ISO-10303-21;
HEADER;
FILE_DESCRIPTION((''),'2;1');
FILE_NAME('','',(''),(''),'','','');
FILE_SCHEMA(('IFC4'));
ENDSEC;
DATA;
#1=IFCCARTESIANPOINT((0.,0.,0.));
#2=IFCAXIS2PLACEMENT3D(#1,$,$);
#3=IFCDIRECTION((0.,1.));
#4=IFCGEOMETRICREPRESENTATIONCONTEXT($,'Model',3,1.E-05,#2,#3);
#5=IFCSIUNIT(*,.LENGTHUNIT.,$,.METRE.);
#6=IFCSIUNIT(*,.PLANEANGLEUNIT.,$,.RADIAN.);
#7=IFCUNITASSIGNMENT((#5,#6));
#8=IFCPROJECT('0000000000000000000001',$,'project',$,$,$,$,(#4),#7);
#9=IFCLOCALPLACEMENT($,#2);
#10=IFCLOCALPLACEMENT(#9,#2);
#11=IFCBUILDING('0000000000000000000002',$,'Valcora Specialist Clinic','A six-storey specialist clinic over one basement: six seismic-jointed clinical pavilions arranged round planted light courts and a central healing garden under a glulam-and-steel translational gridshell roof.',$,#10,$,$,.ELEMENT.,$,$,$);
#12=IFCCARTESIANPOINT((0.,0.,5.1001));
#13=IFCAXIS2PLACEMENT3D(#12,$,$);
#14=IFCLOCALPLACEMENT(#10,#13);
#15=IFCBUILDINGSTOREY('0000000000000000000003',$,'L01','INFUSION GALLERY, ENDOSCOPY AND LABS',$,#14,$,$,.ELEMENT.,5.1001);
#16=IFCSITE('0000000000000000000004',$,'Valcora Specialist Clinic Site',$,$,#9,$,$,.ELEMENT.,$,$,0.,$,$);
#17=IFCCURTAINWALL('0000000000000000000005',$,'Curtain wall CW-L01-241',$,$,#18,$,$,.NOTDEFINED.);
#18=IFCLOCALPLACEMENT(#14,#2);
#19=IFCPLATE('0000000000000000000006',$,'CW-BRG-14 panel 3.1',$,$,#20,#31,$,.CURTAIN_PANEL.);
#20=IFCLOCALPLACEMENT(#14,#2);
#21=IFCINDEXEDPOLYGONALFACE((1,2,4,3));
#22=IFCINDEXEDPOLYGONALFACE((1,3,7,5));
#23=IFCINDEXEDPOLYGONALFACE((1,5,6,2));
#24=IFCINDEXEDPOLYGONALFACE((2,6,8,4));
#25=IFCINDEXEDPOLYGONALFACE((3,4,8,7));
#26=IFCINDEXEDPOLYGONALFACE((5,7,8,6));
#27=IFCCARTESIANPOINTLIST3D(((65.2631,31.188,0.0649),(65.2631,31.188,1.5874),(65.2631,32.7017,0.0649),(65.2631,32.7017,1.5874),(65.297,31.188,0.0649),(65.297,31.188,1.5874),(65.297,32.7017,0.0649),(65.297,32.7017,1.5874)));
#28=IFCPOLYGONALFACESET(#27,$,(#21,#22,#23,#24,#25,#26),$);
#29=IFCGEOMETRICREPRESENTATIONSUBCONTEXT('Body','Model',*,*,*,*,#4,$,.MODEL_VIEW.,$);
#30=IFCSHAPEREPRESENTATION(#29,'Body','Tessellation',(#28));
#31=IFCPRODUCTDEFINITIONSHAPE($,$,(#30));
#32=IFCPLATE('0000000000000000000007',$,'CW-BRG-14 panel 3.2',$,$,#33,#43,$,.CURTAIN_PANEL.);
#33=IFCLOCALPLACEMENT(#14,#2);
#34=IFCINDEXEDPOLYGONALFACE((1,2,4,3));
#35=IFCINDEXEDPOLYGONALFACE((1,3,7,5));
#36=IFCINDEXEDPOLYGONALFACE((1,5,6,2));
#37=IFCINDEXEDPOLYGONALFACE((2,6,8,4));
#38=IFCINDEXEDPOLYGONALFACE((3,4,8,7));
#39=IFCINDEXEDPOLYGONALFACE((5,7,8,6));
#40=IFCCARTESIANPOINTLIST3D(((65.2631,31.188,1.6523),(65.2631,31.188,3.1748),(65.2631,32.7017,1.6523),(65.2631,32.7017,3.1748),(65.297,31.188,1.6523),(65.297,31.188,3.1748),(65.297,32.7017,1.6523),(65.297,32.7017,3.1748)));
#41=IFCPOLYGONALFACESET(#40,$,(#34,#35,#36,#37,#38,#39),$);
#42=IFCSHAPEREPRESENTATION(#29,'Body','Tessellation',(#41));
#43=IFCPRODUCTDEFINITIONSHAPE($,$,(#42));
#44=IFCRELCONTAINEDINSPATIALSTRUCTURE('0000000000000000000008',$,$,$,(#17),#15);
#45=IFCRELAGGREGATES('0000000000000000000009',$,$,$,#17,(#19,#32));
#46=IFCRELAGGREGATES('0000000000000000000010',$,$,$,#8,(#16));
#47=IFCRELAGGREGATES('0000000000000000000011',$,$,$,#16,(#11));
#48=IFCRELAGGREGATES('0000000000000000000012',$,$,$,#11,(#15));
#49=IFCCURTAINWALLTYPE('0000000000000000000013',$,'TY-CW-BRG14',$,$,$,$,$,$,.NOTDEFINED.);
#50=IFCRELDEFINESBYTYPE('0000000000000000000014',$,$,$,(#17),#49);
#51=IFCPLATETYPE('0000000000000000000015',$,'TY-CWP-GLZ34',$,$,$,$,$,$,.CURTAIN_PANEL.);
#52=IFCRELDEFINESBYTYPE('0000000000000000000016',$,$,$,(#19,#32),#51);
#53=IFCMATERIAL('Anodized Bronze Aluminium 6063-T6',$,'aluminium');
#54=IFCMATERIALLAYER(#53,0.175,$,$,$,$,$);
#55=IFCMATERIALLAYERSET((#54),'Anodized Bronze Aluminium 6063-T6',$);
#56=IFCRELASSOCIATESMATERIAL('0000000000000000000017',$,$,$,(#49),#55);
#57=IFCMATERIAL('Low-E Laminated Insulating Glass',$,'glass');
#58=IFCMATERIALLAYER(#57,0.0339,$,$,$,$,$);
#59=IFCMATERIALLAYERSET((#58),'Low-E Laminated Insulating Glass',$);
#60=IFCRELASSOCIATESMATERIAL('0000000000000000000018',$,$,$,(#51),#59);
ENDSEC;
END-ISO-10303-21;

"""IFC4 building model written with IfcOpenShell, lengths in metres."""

from ifc_helpers import new_model, si_unit, direction, frame, origin, origin_2d, place, context, subcontext, project, spatial, rectangle, extrude, material, layer, layer_set, type_object, element, aggregate, save


model = new_model("IFC4")

# Units and contexts
model_context = context("Model", 3, precision=1e-05, world=origin(), true_north=direction((0.0, 1.0)))
body_context = subcontext(model_context, "Body", "Model", "MODEL_VIEW")
ifc_project = project(units=[si_unit("LENGTHUNIT", "METRE"), si_unit("PLANEANGLEUNIT", "RADIAN")], contexts=[model_context])

# Site, building, storey
site_placement = place(None, origin())
site = spatial("IfcSite", under=ifc_project, at=site_placement, Name="Valcora Specialist Clinic Site", CompositionType="ELEMENT", RefElevation=0.0)
building_placement = place(site_placement, origin())
building = spatial("IfcBuilding", under=site, at=building_placement, Name="Valcora Specialist Clinic", Description="A six-storey specialist clinic over one basement: six seismic-jointed clinical pavilions arranged round planted light courts and a central healing garden under a glulam-and-steel translational gridshell roof.", CompositionType="ELEMENT")
storey_placement = place(building_placement, frame((0.0, 0.0, 5.1001)))
storey = spatial("IfcBuildingStorey", under=building, at=storey_placement, Name="L01", Description="INFUSION GALLERY, ENDOSCOPY AND LABS", CompositionType="ELEMENT", Elevation=5.1001)

# Curtain wall
ifc_material_1 = material(Name="Anodized Bronze Aluminium 6063-T6", Category="aluminium")
ifc_layer_1 = layer(ifc_material_1, 0.175)
ifc_layer_set_1 = layer_set([ifc_layer_1], Name="Anodized Bronze Aluminium 6063-T6")
curtain_wall_type = type_object("IfcCurtainWallType", Name="TY-CW-BRG14", PredefinedType="NOTDEFINED", material=ifc_layer_set_1)
curtain_wall_1_placement = place(storey_placement, origin())
curtain_wall_1 = element("IfcCurtainWall", 1, at=curtain_wall_1_placement, inside=storey, type_object=curtain_wall_type, Name="Curtain wall CW-L01-241", PredefinedType="NOTDEFINED")

# Plates
ifc_material_2 = material(Name="Low-E Laminated Insulating Glass", Category="glass")
ifc_layer_2 = layer(ifc_material_2, 0.0339)
ifc_layer_set_2 = layer_set([ifc_layer_2], Name="Low-E Laminated Insulating Glass")
plate_type_1 = type_object("IfcPlateType", Name="TY-CWP-GLZ34", PredefinedType="CURTAIN_PANEL", material=ifc_layer_set_2)
plate_1_placement = place(storey_placement, frame((65.28, 31.9448, 0.0649), z_axis=(0.0, 0.0, 1.0), x_axis=(0.0, 1.0, 0.0)))
plate_1 = element("IfcPlate", 2, at=plate_1_placement, type_object=plate_type_1, Name="CW-BRG-14 panel 3.1", PredefinedType="CURTAIN_PANEL", context=body_context, shape_type="SweptSolid", body=[
    extrude(rectangle(XDim=1.5137, YDim=0.0339, at=origin_2d()), origin(), (0.0, 0.0, 1.0), 1.5225),
])
plate_2_placement = place(storey_placement, frame((65.28, 31.9448, 1.6523), z_axis=(0.0, 0.0, 1.0), x_axis=(0.0, 1.0, 0.0)))
plate_2 = element("IfcPlate", 3, at=plate_2_placement, type_object=plate_type_1, Name="CW-BRG-14 panel 3.2", PredefinedType="CURTAIN_PANEL", context=body_context, shape_type="SweptSolid", body=[
    extrude(rectangle(XDim=1.5137, YDim=0.0339, at=origin_2d()), origin(), (0.0, 0.0, 1.0), 1.5225),
])
aggregate(curtain_wall_1, [plate_1, plate_2])

save(model, "model.ifc")
